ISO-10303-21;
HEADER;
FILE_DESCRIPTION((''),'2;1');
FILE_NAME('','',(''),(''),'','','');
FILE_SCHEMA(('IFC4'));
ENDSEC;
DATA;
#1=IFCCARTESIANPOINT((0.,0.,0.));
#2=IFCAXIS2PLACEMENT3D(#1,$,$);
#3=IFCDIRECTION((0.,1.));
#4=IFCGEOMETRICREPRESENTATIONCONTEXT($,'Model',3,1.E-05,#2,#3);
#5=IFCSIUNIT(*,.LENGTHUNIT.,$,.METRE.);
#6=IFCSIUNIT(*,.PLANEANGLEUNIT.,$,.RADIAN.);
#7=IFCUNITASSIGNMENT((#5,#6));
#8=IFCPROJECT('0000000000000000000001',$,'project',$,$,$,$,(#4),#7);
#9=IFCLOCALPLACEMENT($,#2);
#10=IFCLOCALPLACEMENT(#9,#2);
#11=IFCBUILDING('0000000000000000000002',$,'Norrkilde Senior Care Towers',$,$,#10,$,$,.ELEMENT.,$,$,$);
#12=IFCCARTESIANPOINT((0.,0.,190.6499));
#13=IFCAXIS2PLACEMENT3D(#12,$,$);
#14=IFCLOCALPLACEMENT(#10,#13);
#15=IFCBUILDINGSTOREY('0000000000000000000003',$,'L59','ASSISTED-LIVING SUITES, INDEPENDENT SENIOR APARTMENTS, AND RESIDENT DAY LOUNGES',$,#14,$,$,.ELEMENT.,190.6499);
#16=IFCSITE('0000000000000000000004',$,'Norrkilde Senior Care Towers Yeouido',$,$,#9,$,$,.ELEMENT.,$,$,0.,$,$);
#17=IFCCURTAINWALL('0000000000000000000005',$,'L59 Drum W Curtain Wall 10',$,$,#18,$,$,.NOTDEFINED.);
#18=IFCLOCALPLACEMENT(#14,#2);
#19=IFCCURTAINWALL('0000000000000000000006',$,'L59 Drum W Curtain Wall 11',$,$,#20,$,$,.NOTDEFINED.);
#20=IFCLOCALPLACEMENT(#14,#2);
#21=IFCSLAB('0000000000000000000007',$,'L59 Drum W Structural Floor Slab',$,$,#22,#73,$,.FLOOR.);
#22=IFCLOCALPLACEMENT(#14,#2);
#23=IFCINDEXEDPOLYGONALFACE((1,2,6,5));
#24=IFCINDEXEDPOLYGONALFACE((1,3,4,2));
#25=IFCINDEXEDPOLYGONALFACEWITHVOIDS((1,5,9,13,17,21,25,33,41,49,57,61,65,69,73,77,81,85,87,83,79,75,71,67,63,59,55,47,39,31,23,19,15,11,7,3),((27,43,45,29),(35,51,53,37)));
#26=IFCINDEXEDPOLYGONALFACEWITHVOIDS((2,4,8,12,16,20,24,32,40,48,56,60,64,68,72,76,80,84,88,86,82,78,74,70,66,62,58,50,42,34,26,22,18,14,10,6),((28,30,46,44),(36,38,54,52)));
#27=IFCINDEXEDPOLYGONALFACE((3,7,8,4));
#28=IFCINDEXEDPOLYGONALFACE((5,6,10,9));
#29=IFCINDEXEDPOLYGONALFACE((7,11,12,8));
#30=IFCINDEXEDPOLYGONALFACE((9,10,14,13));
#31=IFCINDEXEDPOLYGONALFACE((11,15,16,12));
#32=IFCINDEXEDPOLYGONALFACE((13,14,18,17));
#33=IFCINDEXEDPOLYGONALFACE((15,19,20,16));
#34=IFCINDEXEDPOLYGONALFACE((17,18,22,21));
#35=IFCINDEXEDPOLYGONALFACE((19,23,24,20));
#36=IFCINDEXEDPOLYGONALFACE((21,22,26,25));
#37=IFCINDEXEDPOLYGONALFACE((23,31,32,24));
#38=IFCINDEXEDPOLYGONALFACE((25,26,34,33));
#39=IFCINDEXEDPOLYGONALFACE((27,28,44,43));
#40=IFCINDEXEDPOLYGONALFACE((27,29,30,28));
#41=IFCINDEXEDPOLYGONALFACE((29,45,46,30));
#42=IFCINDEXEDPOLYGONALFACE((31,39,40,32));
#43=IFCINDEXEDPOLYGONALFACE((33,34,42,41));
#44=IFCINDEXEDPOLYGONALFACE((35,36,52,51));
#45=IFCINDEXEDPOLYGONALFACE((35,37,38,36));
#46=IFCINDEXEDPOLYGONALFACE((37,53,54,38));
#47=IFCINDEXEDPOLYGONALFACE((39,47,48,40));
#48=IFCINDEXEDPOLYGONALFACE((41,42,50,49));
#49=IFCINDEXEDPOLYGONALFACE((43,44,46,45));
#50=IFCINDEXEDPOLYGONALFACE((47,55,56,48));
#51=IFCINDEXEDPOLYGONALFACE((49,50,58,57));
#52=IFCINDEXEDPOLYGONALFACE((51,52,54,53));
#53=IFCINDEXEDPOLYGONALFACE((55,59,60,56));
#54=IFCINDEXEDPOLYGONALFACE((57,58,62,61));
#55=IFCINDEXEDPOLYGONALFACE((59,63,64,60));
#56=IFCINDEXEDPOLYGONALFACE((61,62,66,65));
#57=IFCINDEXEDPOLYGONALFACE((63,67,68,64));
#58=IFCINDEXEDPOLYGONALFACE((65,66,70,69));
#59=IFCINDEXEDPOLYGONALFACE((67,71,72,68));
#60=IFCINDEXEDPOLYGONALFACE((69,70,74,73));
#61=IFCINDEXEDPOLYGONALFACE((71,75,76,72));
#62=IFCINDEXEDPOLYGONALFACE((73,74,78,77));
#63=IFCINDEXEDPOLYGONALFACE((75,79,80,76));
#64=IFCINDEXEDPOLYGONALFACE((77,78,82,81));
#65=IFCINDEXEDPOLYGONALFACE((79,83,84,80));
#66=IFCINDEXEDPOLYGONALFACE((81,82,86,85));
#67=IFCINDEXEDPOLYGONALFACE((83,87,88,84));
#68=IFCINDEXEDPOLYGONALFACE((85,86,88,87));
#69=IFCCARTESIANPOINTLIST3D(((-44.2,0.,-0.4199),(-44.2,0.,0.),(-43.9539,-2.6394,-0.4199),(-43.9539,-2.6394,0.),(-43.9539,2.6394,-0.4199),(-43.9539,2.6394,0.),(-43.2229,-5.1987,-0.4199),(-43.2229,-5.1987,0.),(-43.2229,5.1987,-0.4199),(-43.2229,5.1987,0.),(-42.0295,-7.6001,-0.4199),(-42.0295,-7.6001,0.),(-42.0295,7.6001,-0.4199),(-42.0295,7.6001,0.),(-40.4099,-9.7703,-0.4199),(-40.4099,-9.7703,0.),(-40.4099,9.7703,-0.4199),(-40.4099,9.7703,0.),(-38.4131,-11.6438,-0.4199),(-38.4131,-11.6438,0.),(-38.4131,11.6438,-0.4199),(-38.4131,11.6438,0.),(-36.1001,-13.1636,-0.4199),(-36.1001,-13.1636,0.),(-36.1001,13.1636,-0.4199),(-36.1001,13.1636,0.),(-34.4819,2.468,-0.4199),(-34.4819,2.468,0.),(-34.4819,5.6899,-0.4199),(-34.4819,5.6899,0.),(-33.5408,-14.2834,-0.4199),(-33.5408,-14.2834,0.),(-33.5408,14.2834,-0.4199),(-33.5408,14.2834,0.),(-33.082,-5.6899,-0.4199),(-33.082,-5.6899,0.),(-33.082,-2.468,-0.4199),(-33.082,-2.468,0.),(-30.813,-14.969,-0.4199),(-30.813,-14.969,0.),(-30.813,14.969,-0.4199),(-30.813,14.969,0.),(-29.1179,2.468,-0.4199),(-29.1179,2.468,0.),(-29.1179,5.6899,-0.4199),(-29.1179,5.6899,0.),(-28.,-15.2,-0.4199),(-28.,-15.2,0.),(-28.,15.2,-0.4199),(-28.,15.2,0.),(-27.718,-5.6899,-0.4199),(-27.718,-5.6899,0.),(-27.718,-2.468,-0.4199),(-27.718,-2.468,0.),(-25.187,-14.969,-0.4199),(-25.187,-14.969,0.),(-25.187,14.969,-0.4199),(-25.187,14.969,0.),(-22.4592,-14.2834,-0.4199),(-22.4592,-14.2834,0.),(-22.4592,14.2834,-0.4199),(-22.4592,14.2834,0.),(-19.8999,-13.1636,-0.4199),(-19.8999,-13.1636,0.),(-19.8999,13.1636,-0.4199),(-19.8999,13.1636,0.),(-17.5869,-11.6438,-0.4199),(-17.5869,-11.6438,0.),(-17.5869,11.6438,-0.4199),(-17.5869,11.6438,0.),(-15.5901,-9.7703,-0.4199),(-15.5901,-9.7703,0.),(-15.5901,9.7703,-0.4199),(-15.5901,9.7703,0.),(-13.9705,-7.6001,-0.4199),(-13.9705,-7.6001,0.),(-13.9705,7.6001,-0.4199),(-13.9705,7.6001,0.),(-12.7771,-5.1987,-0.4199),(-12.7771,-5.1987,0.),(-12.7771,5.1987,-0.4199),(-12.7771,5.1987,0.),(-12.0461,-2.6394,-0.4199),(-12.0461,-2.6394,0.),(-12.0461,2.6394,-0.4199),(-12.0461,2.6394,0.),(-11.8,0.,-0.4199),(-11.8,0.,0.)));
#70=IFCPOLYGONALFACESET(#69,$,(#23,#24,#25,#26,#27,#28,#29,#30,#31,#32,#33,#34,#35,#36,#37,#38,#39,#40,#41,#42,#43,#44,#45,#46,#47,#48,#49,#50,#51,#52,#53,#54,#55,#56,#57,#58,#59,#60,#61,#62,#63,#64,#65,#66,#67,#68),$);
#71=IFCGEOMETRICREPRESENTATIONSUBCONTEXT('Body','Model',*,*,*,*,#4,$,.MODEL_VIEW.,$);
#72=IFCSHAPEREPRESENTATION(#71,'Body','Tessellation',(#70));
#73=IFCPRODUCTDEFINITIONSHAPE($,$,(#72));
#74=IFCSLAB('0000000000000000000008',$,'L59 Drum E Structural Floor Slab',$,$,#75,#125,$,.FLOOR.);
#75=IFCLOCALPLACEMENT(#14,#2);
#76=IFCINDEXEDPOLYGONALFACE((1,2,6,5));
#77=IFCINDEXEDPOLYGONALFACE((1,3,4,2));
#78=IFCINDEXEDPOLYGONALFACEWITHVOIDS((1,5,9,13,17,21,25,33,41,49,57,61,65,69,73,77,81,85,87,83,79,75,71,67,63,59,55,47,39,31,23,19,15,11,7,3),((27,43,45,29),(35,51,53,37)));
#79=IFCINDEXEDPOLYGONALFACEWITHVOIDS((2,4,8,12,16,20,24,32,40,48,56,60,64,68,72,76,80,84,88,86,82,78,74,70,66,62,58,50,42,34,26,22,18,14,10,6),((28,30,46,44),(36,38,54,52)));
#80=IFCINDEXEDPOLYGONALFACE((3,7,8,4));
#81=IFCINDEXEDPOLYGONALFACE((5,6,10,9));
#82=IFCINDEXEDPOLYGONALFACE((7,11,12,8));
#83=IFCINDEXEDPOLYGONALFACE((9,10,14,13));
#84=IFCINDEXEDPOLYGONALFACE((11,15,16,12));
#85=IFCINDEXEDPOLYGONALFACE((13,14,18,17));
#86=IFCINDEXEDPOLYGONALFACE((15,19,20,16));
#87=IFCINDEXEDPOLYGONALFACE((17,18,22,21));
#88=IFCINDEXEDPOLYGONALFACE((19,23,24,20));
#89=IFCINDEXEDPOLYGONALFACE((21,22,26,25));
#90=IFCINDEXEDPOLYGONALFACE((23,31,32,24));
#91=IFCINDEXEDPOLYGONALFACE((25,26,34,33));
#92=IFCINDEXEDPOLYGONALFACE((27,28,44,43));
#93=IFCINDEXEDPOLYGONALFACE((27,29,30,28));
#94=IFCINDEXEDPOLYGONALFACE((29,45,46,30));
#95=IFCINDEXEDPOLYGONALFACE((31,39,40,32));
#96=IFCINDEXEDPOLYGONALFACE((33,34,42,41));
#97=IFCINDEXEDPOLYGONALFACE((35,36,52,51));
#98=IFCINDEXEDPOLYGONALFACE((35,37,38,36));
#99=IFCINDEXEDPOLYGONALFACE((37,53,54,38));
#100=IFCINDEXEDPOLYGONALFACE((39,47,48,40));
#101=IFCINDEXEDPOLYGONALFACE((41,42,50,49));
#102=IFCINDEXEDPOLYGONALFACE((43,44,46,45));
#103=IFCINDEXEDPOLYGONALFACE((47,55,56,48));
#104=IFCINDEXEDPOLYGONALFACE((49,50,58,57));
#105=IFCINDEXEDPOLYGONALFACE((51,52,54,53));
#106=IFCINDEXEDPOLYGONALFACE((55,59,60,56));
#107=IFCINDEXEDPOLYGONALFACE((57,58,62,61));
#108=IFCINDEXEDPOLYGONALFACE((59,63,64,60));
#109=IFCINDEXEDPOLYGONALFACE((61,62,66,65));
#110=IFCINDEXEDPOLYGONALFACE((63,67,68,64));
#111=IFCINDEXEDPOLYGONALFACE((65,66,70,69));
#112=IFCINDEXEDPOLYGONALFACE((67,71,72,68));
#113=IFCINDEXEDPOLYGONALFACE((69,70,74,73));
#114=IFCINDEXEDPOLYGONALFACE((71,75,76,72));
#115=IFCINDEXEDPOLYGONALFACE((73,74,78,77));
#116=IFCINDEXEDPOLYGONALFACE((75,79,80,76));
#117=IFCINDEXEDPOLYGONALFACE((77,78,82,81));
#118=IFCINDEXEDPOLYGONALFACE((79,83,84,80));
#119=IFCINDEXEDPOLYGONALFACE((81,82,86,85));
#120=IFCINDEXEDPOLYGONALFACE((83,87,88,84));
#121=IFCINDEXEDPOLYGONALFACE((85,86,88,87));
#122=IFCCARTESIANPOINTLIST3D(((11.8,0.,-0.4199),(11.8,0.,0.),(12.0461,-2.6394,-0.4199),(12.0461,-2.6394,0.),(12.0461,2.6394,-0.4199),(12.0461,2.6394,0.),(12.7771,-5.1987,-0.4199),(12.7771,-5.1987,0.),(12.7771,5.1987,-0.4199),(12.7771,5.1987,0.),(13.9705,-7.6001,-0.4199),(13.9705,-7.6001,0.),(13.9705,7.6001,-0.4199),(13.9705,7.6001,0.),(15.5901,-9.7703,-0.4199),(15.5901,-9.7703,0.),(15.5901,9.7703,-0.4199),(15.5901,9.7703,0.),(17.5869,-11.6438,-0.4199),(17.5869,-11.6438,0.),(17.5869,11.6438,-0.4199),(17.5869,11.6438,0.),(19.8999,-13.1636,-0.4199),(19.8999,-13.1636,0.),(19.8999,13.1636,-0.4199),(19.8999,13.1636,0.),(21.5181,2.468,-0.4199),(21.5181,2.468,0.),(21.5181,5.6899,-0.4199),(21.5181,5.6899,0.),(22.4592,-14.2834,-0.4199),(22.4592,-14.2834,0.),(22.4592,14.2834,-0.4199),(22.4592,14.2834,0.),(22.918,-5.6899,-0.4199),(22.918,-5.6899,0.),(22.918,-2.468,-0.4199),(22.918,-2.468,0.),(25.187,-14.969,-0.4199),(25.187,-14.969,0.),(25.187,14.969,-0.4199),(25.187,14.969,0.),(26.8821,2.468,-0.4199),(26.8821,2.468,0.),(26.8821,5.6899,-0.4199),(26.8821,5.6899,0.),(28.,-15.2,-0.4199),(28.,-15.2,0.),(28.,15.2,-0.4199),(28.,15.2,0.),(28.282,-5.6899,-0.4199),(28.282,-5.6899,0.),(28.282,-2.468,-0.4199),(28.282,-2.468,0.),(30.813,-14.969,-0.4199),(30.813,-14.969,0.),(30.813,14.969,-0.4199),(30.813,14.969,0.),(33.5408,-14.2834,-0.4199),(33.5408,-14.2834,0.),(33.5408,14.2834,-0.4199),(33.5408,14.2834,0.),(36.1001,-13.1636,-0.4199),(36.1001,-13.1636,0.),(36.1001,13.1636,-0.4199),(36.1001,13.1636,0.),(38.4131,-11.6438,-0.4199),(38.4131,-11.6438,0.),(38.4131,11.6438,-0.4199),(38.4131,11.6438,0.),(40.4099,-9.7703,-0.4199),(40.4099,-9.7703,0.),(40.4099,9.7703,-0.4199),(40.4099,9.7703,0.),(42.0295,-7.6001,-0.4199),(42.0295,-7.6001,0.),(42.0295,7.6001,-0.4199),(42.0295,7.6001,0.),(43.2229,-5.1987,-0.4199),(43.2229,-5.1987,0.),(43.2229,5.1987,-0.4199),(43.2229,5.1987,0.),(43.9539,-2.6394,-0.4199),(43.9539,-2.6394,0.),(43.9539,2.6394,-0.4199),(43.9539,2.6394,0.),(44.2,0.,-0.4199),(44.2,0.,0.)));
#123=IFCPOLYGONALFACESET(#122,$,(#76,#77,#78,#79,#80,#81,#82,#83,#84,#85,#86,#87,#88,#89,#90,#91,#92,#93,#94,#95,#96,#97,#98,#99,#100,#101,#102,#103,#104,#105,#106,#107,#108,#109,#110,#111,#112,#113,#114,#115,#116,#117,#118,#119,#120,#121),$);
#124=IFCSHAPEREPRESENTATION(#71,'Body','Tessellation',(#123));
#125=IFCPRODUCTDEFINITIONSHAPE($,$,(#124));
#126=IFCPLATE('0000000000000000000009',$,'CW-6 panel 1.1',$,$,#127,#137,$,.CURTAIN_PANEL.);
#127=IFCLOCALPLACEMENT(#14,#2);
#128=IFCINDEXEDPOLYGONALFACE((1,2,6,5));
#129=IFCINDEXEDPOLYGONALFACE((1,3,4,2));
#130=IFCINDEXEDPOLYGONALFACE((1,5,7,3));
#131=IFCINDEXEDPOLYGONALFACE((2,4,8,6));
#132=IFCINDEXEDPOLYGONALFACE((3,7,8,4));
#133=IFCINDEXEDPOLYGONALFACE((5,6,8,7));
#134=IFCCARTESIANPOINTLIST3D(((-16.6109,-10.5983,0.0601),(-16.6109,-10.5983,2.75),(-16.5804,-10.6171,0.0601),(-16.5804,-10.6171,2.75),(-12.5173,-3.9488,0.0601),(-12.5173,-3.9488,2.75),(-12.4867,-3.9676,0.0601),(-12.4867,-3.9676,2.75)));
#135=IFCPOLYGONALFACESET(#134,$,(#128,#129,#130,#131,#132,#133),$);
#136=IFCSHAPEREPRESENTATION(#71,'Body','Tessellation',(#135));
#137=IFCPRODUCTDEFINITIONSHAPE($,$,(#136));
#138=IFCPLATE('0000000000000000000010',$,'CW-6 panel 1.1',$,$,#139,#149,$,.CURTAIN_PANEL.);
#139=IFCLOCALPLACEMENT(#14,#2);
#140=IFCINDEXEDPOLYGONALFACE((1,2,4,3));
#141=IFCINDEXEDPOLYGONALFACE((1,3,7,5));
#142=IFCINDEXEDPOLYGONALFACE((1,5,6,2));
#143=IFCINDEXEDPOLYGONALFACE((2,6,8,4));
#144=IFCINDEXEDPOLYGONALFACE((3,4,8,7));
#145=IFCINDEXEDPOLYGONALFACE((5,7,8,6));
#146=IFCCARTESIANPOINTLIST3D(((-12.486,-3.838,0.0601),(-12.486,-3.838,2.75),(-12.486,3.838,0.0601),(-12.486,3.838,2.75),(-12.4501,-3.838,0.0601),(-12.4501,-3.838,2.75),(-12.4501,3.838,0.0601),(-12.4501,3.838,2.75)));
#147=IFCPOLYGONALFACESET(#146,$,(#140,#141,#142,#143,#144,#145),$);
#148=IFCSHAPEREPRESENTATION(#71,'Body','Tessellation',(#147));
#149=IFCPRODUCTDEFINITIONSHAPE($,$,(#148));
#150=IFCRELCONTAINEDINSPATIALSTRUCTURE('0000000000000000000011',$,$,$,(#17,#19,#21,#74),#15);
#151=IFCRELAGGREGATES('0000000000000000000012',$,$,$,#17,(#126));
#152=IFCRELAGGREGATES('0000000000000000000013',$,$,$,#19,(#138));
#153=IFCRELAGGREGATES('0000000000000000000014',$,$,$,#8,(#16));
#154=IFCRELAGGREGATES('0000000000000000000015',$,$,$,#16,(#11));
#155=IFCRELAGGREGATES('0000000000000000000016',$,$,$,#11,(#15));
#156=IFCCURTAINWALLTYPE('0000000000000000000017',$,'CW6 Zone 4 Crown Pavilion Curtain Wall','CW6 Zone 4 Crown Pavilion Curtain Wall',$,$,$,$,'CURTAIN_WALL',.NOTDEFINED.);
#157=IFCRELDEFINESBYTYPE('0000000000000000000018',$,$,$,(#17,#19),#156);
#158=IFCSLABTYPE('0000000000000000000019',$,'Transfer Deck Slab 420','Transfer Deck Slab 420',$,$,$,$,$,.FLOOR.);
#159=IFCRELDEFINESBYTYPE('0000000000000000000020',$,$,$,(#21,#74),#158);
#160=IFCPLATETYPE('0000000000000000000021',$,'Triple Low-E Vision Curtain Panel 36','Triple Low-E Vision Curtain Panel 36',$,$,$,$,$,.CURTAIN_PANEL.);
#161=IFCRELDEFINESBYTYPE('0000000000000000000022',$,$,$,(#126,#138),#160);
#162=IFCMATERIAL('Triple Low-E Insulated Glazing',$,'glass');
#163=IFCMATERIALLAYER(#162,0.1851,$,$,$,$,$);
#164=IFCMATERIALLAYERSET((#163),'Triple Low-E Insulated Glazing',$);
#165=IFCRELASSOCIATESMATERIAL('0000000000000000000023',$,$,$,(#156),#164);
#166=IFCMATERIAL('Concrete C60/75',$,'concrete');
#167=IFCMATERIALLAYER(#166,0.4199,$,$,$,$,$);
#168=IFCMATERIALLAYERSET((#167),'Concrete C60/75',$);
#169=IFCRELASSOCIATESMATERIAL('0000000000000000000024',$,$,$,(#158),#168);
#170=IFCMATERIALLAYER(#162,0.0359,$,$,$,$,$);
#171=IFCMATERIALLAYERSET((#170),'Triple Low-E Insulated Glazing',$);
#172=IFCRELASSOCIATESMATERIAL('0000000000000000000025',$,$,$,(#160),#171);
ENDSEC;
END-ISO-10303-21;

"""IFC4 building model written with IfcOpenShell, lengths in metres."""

from ifc_helpers import new_model, si_unit, direction, frame, origin, origin_2d, place, context, subcontext, project, spatial, polyline, rectangle, outline, extrude, source, transform, mapped, material, layer, layer_set, type_object, type_shapes, element, aggregate, save


model = new_model("IFC4")

# Units and contexts
model_context = context("Model", 3, precision=1e-05, world=origin(), true_north=direction((0.0, 1.0)))
body_context = subcontext(model_context, "Body", "Model", "MODEL_VIEW")
ifc_project = project(units=[si_unit("LENGTHUNIT", "METRE"), si_unit("PLANEANGLEUNIT", "RADIAN")], contexts=[model_context])

# Site, building, storey
site_placement = place(None, origin())
site = spatial("IfcSite", under=ifc_project, at=site_placement, Name="Norrkilde Senior Care Towers Yeouido", CompositionType="ELEMENT", RefElevation=0.0)
building_placement = place(site_placement, origin())
building = spatial("IfcBuilding", under=site, at=building_placement, Name="Norrkilde Senior Care Towers", CompositionType="ELEMENT")
storey_placement = place(building_placement, frame((0.0, 0.0, 190.6499)))
storey = spatial("IfcBuildingStorey", under=building, at=storey_placement, Name="L59", Description="ASSISTED-LIVING SUITES, INDEPENDENT SENIOR APARTMENTS, AND RESIDENT DAY LOUNGES", CompositionType="ELEMENT", Elevation=190.6499)

# Shared definitions
ifc_material_1 = material(Name="Triple Low-E Insulated Glazing", Category="glass")
ifc_layer_1 = layer(ifc_material_1, 0.1851)
ifc_layer_set_1 = layer_set([ifc_layer_1], Name="Triple Low-E Insulated Glazing")
curtain_wall_type = type_object("IfcCurtainWallType", Name="CW6 Zone 4 Crown Pavilion Curtain Wall", Description="CW6 Zone 4 Crown Pavilion Curtain Wall", ElementType="CURTAIN_WALL", PredefinedType="NOTDEFINED", material=ifc_layer_set_1)

# Curtain wall
curtain_wall_1_placement = place(storey_placement, origin())
curtain_wall_1 = element("IfcCurtainWall", 1, at=curtain_wall_1_placement, inside=storey, type_object=curtain_wall_type, Name="L59 Drum W Curtain Wall 10", PredefinedType="NOTDEFINED")

# Curtain wall
curtain_wall_2_placement = place(storey_placement, origin())
curtain_wall_2 = element("IfcCurtainWall", 2, at=curtain_wall_2_placement, inside=storey, type_object=curtain_wall_type, Name="L59 Drum W Curtain Wall 11", PredefinedType="NOTDEFINED")

# Slabs
ifc_material_2 = material(Name="Concrete C60/75", Category="concrete")
ifc_layer_2 = layer(ifc_material_2, 0.4199)
ifc_layer_set_2 = layer_set([ifc_layer_2], Name="Concrete C60/75")
slab_type_1 = type_object("IfcSlabType", Name="Transfer Deck Slab 420", Description="Transfer Deck Slab 420", PredefinedType="FLOOR", material=ifc_layer_set_2)
slab_1_placement = place(storey_placement, frame((0.0, 0.0, -0.4199)))
element("IfcSlab", 3, at=slab_1_placement, inside=storey, type_object=slab_type_1, Name="L59 Drum W Structural Floor Slab", PredefinedType="FLOOR", context=body_context, shape_type="SweptSolid", body=[
    extrude(outline(polyline([(-12.7771, -5.1987), (-13.9705, -7.6001), (-15.5901, -9.7703), (-17.5869, -11.6438), (-19.8999, -13.1636), (-22.4592, -14.2834), (-25.187, -14.969), (-28.0, -15.2), (-30.813, -14.969), (-33.5408, -14.2834), (-36.1001, -13.1636), (-38.4131, -11.6438), (-40.4099, -9.7703), (-42.0295, -7.6001), (-43.2229, -5.1987), (-43.9539, -2.6394), (-44.2, 0.0), (-43.9539, 2.6394), (-43.2229, 5.1987), (-42.0295, 7.6001), (-40.4099, 9.7703), (-38.4131, 11.6438), (-36.1001, 13.1636), (-33.5408, 14.2834), (-30.813, 14.969), (-28.0, 15.2), (-25.187, 14.969), (-22.4592, 14.2834), (-19.8999, 13.1636), (-17.5869, 11.6438), (-15.5901, 9.7703), (-13.9705, 7.6001), (-12.7771, 5.1987), (-12.0461, 2.6394), (-11.8, 0.0), (-12.0461, -2.6394), (-12.7771, -5.1987)]), holes=[polyline([(-34.4819, 2.468), (-29.1179, 2.468), (-29.1179, 5.6899), (-34.4819, 5.6899), (-34.4819, 2.468)]), polyline([(-27.718, -5.6899), (-27.718, -2.468), (-33.082, -2.468), (-33.082, -5.6899), (-27.718, -5.6899)])]), origin(), (0.0, 0.0, 1.0), 0.4199),
])
slab_2_placement = place(storey_placement, frame((0.0, 0.0, -0.4199)))
element("IfcSlab", 4, at=slab_2_placement, inside=storey, type_object=slab_type_1, Name="L59 Drum E Structural Floor Slab", PredefinedType="FLOOR", context=body_context, shape_type="SweptSolid", body=[
    extrude(outline(polyline([(43.2229, -5.1987), (42.0295, -7.6001), (40.4099, -9.7703), (38.4131, -11.6438), (36.1001, -13.1636), (33.5408, -14.2834), (30.813, -14.969), (28.0, -15.2), (25.187, -14.969), (22.4592, -14.2834), (19.8999, -13.1636), (17.5869, -11.6438), (15.5901, -9.7703), (13.9705, -7.6001), (12.7771, -5.1987), (12.0461, -2.6394), (11.8, 0.0), (12.0461, 2.6394), (12.7771, 5.1987), (13.9705, 7.6001), (15.5901, 9.7703), (17.5869, 11.6438), (19.8999, 13.1636), (22.4592, 14.2834), (25.187, 14.969), (28.0, 15.2), (30.813, 14.969), (33.5408, 14.2834), (36.1001, 13.1636), (38.4131, 11.6438), (40.4099, 9.7703), (42.0295, 7.6001), (43.2229, 5.1987), (43.9539, 2.6394), (44.2, 0.0), (43.9539, -2.6394), (43.2229, -5.1987)]), holes=[polyline([(21.5181, 2.468), (26.8821, 2.468), (26.8821, 5.6899), (21.5181, 5.6899), (21.5181, 2.468)]), polyline([(28.282, -5.6899), (28.282, -2.468), (22.918, -2.468), (22.918, -5.6899), (28.282, -5.6899)])]), origin(), (0.0, 0.0, 1.0), 0.4199),
])

# Plates
ifc_layer_3 = layer(ifc_material_1, 0.0359)
ifc_layer_set_3 = layer_set([ifc_layer_3], Name="Triple Low-E Insulated Glazing")
plate_type = type_object("IfcPlateType", Name="Triple Low-E Vision Curtain Panel 36", Description="Triple Low-E Vision Curtain Panel 36", PredefinedType="CURTAIN_PANEL", material=ifc_layer_set_3)
shared_shape_1 = source(origin(), body_context, "Body", "SweptSolid", [
    extrude(rectangle(XDim=7.8086, YDim=0.0359, at=origin_2d()), origin(), (0.0, 0.0, 1.0), 2.6899),
])
plate_1_placement = place(storey_placement, frame((-14.5488, -7.283, 0.0601), z_axis=(0.0, 0.0, 1.0), x_axis=(-0.524253, -0.851563, 0.0)))
plate_1 = element("IfcPlate", 5, at=plate_1_placement, type_object=plate_type, Name="CW-6 panel 1.1", PredefinedType="CURTAIN_PANEL", context=body_context, shape_type="MappedRepresentation", body=[
    mapped(shared_shape_1, transform((0.0, 0.0, 0.0), x_axis=(1.0, 0.0, 0.0), y_axis=(0.0, 1.0, 0.0), z_axis=(0.0, 0.0, 1.0), scale=1.0)),
])
aggregate(curtain_wall_1, [plate_1])
shared_shape_2 = source(origin(), body_context, "Body", "SweptSolid", [
    extrude(rectangle(XDim=7.676, YDim=0.0359, at=origin_2d()), origin(), (0.0, 0.0, 1.0), 2.6899),
])
type_shapes(plate_type, [shared_shape_1, shared_shape_2])
plate_2_placement = place(storey_placement, frame((-12.468, 0.0, 0.0601), z_axis=(0.0, 0.0, 1.0), x_axis=(0.0, -1.0, 0.0)))
plate_2 = element("IfcPlate", 6, at=plate_2_placement, type_object=plate_type, Name="CW-6 panel 1.1", PredefinedType="CURTAIN_PANEL", context=body_context, shape_type="MappedRepresentation", body=[
    mapped(shared_shape_2, transform((0.0, 0.0, 0.0), x_axis=(1.0, 0.0, 0.0), y_axis=(0.0, 1.0, 0.0), z_axis=(0.0, 0.0, 1.0), scale=1.0)),
])
aggregate(curtain_wall_2, [plate_2])

save(model, "model.ifc")
